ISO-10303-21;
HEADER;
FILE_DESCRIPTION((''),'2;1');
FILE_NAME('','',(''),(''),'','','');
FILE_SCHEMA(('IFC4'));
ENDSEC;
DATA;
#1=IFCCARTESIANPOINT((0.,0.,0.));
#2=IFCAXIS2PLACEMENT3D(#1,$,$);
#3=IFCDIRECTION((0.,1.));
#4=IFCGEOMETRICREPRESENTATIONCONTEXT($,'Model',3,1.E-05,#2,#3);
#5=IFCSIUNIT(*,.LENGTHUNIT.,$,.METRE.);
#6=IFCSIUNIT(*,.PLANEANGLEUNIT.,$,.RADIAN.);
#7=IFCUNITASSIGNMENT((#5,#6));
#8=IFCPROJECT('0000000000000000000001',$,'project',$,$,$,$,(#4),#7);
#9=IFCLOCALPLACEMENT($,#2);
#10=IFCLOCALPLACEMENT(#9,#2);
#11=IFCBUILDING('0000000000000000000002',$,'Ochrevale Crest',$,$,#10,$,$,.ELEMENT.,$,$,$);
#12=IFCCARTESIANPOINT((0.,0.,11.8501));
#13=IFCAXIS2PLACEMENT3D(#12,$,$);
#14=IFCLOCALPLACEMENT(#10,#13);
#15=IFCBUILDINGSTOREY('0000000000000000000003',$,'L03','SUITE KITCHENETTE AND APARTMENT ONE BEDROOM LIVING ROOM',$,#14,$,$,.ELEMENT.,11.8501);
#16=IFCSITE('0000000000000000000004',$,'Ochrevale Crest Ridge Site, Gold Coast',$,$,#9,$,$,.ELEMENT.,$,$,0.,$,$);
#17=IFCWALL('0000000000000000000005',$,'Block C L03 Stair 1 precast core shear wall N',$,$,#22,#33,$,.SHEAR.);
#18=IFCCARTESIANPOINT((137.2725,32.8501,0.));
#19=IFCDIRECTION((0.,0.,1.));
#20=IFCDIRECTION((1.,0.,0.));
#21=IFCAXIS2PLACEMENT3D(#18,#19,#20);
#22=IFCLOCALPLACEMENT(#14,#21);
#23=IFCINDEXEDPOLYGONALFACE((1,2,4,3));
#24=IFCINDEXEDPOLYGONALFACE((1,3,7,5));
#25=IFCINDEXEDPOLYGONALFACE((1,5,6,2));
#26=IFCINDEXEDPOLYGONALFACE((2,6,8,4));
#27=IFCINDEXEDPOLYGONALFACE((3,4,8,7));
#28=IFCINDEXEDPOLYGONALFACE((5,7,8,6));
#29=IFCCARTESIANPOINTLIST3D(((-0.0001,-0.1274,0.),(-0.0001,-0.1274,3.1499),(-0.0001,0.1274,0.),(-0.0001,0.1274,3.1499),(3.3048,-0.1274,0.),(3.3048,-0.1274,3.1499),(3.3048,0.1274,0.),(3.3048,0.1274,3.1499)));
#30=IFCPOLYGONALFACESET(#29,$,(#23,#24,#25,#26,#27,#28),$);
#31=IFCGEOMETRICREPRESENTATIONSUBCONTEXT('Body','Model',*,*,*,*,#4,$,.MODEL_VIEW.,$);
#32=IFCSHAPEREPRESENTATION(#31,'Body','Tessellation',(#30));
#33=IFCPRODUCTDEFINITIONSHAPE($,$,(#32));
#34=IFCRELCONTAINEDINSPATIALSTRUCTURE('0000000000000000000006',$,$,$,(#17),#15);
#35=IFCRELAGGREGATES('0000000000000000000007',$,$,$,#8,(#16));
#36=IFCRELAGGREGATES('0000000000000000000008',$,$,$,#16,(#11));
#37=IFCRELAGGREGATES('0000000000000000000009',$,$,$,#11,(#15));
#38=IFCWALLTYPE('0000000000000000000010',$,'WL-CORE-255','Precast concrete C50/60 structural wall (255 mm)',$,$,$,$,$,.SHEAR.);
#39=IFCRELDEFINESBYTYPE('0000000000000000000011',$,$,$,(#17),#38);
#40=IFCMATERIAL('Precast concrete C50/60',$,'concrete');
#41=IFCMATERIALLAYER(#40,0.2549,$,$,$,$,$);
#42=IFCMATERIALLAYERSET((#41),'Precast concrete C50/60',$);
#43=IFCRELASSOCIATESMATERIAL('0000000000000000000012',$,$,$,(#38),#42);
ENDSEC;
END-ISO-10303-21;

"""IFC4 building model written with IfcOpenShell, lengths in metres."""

from ifc_helpers import new_model, si_unit, direction, frame, frame_2d, origin, place, context, subcontext, project, spatial, rectangle, extrude, material, layer, layer_set, type_object, element, save


model = new_model("IFC4")

# Units and contexts
model_context = context("Model", 3, precision=1e-05, world=origin(), true_north=direction((0.0, 1.0)))
body_context = subcontext(model_context, "Body", "Model", "MODEL_VIEW")
ifc_project = project(units=[si_unit("LENGTHUNIT", "METRE"), si_unit("PLANEANGLEUNIT", "RADIAN")], contexts=[model_context])

# Site, building, storey
site_placement = place(None, origin())
site = spatial("IfcSite", under=ifc_project, at=site_placement, Name="Ochrevale Crest Ridge Site, Gold Coast", CompositionType="ELEMENT", RefElevation=0.0)
building_placement = place(site_placement, origin())
building = spatial("IfcBuilding", under=site, at=building_placement, Name="Ochrevale Crest", CompositionType="ELEMENT")
storey_placement = place(building_placement, frame((0.0, 0.0, 11.8501)))
storey = spatial("IfcBuildingStorey", under=building, at=storey_placement, Name="L03", Description="SUITE KITCHENETTE AND APARTMENT ONE BEDROOM LIVING ROOM", CompositionType="ELEMENT", Elevation=11.8501)

# Shared definitions
ifc_material_1 = material(Name="Precast concrete C50/60", Category="concrete")

# Wall
ifc_layer_1 = layer(ifc_material_1, 0.2549)
ifc_layer_set_1 = layer_set([ifc_layer_1], Name="Precast concrete C50/60")
wall_type_1 = type_object("IfcWallType", Name="WL-CORE-255", Description="Precast concrete C50/60 structural wall (255 mm)", PredefinedType="SHEAR", material=ifc_layer_set_1)
wall_1_placement = place(storey_placement, frame((137.2725, 32.8501, 0.0), z_axis=(0.0, 0.0, 1.0), x_axis=(1.0, 0.0, 0.0)))
element("IfcWall", 1, at=wall_1_placement, inside=storey, type_object=wall_type_1, Name="Block C L03 Stair 1 precast core shear wall N", PredefinedType="SHEAR", context=body_context, shape_type="SweptSolid", body=[
    extrude(rectangle(XDim=3.3049, YDim=0.2549, at=frame_2d((1.6523, 0.0))), origin(), (0.0, 0.0, 1.0), 3.1499),
])

save(model, "model.ifc")
